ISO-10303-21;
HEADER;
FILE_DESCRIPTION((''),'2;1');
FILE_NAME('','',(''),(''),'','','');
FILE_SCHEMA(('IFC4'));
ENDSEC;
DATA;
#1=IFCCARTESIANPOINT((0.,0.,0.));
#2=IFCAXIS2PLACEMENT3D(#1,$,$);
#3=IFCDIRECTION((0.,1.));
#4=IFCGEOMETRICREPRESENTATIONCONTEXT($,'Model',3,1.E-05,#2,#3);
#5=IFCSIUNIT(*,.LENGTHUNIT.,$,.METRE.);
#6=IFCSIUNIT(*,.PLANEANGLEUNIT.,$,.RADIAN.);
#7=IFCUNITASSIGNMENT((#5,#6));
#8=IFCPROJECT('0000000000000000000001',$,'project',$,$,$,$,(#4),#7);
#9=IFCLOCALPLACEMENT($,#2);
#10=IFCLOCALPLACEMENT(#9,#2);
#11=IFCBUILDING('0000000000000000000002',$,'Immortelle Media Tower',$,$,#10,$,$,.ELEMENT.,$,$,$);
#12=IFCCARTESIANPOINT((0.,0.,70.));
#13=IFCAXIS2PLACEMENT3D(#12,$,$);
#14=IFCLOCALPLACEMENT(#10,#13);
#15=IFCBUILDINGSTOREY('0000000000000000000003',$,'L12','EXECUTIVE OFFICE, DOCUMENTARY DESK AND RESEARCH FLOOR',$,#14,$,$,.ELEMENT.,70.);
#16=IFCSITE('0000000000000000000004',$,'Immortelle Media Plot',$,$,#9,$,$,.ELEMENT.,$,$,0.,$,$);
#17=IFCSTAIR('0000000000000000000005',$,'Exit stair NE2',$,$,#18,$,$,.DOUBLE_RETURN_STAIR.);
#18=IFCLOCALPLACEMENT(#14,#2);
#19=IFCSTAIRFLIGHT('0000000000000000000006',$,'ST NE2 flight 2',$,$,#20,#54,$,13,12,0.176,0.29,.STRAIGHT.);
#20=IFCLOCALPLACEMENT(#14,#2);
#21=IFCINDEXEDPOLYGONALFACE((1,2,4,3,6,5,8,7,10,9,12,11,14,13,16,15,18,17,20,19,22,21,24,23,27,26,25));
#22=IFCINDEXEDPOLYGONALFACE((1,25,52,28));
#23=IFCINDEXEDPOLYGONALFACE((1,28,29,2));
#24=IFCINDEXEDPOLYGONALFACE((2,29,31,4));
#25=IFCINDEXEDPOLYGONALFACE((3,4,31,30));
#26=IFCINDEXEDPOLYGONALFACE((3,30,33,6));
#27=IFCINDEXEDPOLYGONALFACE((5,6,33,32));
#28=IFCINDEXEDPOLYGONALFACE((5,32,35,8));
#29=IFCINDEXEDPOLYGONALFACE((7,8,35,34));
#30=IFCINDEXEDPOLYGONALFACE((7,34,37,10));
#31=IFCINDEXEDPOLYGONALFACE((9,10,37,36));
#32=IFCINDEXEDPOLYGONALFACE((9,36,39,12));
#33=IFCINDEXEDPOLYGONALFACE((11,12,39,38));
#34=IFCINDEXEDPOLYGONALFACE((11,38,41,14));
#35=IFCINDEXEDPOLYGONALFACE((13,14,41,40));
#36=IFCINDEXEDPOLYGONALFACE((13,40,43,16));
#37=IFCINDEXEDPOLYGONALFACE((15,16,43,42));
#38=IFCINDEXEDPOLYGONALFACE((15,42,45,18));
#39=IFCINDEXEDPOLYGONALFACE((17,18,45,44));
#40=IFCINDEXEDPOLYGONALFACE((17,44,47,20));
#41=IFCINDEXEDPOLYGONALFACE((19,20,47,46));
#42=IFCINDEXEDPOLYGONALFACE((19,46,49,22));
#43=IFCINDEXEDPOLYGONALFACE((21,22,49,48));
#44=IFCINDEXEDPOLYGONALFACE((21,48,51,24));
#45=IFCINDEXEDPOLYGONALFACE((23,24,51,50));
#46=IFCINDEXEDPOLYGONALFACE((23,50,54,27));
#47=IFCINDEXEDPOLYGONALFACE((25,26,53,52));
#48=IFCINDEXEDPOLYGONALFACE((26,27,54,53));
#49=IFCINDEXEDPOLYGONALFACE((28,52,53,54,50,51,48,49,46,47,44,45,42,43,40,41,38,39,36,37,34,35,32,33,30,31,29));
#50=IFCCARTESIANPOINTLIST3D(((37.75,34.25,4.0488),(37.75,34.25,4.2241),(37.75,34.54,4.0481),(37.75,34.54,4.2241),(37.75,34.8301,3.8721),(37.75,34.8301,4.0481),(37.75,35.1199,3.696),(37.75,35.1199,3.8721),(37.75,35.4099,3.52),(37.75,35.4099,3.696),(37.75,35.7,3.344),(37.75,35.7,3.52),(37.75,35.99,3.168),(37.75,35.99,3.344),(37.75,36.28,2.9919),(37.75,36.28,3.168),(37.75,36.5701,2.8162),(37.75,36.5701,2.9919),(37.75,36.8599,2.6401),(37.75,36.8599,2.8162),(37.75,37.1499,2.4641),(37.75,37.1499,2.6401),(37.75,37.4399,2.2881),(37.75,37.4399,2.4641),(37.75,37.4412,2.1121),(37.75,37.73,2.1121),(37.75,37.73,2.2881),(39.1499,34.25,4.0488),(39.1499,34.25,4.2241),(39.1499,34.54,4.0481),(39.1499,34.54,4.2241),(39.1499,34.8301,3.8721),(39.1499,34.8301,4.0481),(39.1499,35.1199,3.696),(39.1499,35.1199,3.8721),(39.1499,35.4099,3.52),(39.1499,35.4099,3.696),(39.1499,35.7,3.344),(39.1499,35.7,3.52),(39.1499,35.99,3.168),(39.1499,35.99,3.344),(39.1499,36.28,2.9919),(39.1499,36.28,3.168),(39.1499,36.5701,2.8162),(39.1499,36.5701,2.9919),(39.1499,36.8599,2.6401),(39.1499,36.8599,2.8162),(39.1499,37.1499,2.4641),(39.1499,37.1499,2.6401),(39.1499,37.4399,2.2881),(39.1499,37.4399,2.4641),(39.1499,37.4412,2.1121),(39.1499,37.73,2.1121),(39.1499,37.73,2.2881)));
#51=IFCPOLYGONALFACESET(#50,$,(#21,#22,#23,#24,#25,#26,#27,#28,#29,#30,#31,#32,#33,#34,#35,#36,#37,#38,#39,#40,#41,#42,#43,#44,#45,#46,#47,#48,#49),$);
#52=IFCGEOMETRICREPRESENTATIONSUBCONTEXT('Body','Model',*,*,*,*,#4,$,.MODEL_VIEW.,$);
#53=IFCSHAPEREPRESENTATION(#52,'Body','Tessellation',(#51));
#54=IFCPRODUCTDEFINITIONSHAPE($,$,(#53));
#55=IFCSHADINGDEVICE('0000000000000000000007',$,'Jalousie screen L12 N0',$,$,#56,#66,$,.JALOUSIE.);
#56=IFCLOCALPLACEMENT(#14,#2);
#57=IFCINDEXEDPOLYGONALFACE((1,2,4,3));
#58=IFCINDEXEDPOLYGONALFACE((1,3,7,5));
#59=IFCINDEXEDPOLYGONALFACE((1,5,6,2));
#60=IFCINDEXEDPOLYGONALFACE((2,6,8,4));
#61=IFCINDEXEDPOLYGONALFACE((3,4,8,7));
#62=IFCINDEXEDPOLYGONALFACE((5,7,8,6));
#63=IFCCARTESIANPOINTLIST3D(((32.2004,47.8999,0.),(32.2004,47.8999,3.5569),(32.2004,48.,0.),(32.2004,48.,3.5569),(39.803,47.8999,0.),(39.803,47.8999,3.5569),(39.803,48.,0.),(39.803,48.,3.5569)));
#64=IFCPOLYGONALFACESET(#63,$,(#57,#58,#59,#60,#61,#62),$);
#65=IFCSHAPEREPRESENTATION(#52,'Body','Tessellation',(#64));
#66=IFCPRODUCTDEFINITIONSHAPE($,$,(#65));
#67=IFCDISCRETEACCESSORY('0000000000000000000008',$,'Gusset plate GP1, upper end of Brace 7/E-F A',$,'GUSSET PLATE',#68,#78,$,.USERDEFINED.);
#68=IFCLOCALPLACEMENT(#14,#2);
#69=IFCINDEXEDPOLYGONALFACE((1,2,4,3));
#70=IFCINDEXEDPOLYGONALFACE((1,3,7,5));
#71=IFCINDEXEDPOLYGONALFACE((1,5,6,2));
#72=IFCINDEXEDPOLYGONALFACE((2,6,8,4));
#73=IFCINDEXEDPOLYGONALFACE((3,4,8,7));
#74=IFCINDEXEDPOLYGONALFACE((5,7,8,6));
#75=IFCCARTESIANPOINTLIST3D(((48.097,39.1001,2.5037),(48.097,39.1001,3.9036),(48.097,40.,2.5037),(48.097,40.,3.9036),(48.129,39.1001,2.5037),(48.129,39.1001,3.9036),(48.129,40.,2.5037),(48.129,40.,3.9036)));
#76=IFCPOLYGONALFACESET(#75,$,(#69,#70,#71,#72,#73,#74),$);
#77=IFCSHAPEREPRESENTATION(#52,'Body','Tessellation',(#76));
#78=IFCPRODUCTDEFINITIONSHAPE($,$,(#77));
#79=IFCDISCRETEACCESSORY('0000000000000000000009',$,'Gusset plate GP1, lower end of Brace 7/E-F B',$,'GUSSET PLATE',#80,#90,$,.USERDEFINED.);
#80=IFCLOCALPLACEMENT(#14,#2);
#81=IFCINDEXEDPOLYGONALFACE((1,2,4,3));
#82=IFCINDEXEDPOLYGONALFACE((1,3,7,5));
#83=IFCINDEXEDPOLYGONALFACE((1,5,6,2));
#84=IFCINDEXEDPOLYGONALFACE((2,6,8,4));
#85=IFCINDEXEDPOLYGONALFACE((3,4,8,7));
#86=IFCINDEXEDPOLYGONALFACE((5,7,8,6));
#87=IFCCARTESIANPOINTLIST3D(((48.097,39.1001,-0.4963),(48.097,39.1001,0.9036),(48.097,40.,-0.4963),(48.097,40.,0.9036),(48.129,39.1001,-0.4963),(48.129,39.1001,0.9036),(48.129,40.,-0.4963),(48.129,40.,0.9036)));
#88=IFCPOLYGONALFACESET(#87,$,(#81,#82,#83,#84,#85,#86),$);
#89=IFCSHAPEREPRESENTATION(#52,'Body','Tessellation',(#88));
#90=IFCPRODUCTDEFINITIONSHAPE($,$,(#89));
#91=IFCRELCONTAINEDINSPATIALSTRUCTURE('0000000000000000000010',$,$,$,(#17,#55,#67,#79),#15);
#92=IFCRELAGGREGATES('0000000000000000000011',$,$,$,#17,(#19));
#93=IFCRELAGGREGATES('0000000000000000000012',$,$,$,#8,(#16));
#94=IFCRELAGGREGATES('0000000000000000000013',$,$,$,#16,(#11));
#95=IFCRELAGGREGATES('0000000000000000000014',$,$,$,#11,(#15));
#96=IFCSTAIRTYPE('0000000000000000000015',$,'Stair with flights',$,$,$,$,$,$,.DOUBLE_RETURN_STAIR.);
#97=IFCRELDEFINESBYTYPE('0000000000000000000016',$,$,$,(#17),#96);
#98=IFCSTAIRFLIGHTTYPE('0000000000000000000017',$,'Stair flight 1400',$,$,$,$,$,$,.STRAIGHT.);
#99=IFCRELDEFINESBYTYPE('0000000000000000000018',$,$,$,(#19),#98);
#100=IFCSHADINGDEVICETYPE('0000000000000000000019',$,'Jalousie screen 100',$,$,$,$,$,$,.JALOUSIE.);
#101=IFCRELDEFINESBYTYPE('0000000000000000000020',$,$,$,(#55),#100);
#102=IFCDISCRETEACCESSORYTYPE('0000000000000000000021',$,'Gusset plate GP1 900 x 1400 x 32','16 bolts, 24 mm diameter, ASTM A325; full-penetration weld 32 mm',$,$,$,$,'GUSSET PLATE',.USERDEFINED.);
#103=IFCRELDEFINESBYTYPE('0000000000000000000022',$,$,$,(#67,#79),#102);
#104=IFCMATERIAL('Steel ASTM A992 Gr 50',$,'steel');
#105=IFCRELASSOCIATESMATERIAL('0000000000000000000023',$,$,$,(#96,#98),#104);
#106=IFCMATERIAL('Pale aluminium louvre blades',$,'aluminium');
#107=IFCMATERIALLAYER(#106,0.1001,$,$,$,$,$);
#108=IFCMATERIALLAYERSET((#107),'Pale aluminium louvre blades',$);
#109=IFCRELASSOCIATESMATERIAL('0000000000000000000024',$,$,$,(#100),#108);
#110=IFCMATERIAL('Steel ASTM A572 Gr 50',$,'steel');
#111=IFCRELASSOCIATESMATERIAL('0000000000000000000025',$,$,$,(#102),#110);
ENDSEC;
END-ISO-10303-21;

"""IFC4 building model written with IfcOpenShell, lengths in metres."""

from ifc_helpers import new_model, si_unit, direction, frame, origin, origin_2d, place, context, subcontext, project, spatial, polyline, rectangle, outline, extrude, material, layer, layer_set, material_profile, profile_set, type_object, element, aggregate, save


model = new_model("IFC4")

# Units and contexts
model_context = context("Model", 3, precision=1e-05, world=origin(), true_north=direction((0.0, 1.0)))
body_context = subcontext(model_context, "Body", "Model", "MODEL_VIEW")
ifc_project = project(units=[si_unit("LENGTHUNIT", "METRE"), si_unit("PLANEANGLEUNIT", "RADIAN")], contexts=[model_context])

# Site, building, storey
site_placement = place(None, origin())
site = spatial("IfcSite", under=ifc_project, at=site_placement, Name="Immortelle Media Plot", CompositionType="ELEMENT", RefElevation=0.0)
building_placement = place(site_placement, origin())
building = spatial("IfcBuilding", under=site, at=building_placement, Name="Immortelle Media Tower", CompositionType="ELEMENT")
storey_placement = place(building_placement, frame((0.0, 0.0, 70.0)))
storey = spatial("IfcBuildingStorey", under=building, at=storey_placement, Name="L12", Description="EXECUTIVE OFFICE, DOCUMENTARY DESK AND RESEARCH FLOOR", CompositionType="ELEMENT", Elevation=70.0)

# Shared definitions
ifc_material_1 = material(Name="Steel ASTM A992 Gr 50", Category="steel")

# Stair, stair flight
stair_type = type_object("IfcStairType", Name="Stair with flights", PredefinedType="DOUBLE_RETURN_STAIR", material=ifc_material_1)
stair_flight_type = type_object("IfcStairFlightType", Name="Stair flight 1400", PredefinedType="STRAIGHT", material=ifc_material_1)
stair_1_placement = place(storey_placement, origin())
stair_1 = element("IfcStair", 1, at=stair_1_placement, inside=storey, type_object=stair_type, Name="Exit stair NE2", PredefinedType="DOUBLE_RETURN_STAIR")
stair_flight_1_placement = place(storey_placement, frame((38.45, 37.73, 2.1121), z_axis=(0.0, 0.0, 1.0), x_axis=(0.0, -1.0, 0.0)))
stair_flight_1 = element("IfcStairFlight", 2, at=stair_flight_1_placement, type_object=stair_flight_type, Name="ST NE2 flight 2", NumberOfRisers=13, NumberOfTreads=12, PredefinedType="STRAIGHT", RiserHeight=0.176, TreadLength=0.29, context=body_context, shape_type="SweptSolid", body=[
    extrude(outline(polyline([(0.0, 0.0), (0.0, 0.176), (0.29, 0.176), (0.29, 0.3521), (0.5801, 0.3521), (0.5801, 0.5281), (0.8701, 0.5281), (0.8701, 0.7041), (1.1599, 0.7041), (1.1599, 0.8799), (1.45, 0.8799), (1.45, 1.0559), (1.74, 1.0559), (1.74, 1.2319), (2.03, 1.2319), (2.03, 1.408), (2.3201, 1.408), (2.3201, 1.584), (2.6101, 1.584), (2.6101, 1.76), (2.8999, 1.76), (2.8999, 1.936), (3.1899, 1.936), (3.1899, 2.1121), (3.48, 2.1121), (3.48, 2.2881), (3.48, 1.9368), (0.2888, 0.0), (0.0, 0.0)])), frame((0.0, 0.7, 0.0), z_axis=(0.0, -1.0, 0.0), x_axis=(1.0, 0.0, 0.0)), (0.0, 0.0, 1.0), 1.3999),
])
aggregate(stair_1, [stair_flight_1])

# Shading device
ifc_material_2 = material(Name="Pale aluminium louvre blades", Category="aluminium")
ifc_layer_1 = layer(ifc_material_2, 0.1001)
ifc_layer_set_1 = layer_set([ifc_layer_1], Name="Pale aluminium louvre blades")
shading_device_type = type_object("IfcShadingDeviceType", Name="Jalousie screen 100", PredefinedType="JALOUSIE", material=ifc_layer_set_1)
shading_device_placement = place(storey_placement, frame((36.0017, 47.95, 0.0), z_axis=(0.0, 0.0, 1.0), x_axis=(-1.0, 0.0, 0.0)))
element("IfcShadingDevice", 3, at=shading_device_placement, inside=storey, type_object=shading_device_type, Name="Jalousie screen L12 N0", PredefinedType="JALOUSIE", context=body_context, shape_type="SweptSolid", body=[
    extrude(rectangle(XDim=7.6025, YDim=0.1001, at=origin_2d()), origin(), (0.0, 0.0, 1.0), 3.5569),
])

# Discrete accessories
ifc_material_3 = material(Name="Steel ASTM A572 Gr 50", Category="steel")
ifc_material_profile_1 = material_profile(ifc_material_3, rectangle(XDim=0.032, YDim=1.3999, at=origin_2d()), Name="PL 32 x 1400")
ifc_profile_set_1 = profile_set([ifc_material_profile_1], Name="Steel ASTM A572 Gr 50")
discrete_accessory_type = type_object("IfcDiscreteAccessoryType", Name="Gusset plate GP1 900 x 1400 x 32", Description="16 bolts, 24 mm diameter, ASTM A325; full-penetration weld 32 mm", ElementType="GUSSET PLATE", PredefinedType="USERDEFINED", material=ifc_profile_set_1)
for number, where, z_axis, x_axis, name in (
    (4, (48.113, 40.0, 3.2036), (0.0, -1.0, 0.0), (1.0, 0.0, 0.0), "Gusset plate GP1, upper end of Brace 7/E-F A"),
    (5, (48.113, 40.0, 0.2036), (0.0, -1.0, 0.0), (1.0, 0.0, 0.0), "Gusset plate GP1, lower end of Brace 7/E-F B"),
):
    element("IfcDiscreteAccessory", number, at=place(storey_placement, frame(where, z_axis=z_axis, x_axis=x_axis)), inside=storey, type_object=discrete_accessory_type, Name=name, ObjectType="GUSSET PLATE", PredefinedType="USERDEFINED", context=body_context, shape_type="SweptSolid", body=[
        extrude(rectangle(XDim=0.032, YDim=1.3999, at=origin_2d()), origin(), (0.0, 0.0, 1.0), 0.8999),
    ])

save(model, "model.ifc")
